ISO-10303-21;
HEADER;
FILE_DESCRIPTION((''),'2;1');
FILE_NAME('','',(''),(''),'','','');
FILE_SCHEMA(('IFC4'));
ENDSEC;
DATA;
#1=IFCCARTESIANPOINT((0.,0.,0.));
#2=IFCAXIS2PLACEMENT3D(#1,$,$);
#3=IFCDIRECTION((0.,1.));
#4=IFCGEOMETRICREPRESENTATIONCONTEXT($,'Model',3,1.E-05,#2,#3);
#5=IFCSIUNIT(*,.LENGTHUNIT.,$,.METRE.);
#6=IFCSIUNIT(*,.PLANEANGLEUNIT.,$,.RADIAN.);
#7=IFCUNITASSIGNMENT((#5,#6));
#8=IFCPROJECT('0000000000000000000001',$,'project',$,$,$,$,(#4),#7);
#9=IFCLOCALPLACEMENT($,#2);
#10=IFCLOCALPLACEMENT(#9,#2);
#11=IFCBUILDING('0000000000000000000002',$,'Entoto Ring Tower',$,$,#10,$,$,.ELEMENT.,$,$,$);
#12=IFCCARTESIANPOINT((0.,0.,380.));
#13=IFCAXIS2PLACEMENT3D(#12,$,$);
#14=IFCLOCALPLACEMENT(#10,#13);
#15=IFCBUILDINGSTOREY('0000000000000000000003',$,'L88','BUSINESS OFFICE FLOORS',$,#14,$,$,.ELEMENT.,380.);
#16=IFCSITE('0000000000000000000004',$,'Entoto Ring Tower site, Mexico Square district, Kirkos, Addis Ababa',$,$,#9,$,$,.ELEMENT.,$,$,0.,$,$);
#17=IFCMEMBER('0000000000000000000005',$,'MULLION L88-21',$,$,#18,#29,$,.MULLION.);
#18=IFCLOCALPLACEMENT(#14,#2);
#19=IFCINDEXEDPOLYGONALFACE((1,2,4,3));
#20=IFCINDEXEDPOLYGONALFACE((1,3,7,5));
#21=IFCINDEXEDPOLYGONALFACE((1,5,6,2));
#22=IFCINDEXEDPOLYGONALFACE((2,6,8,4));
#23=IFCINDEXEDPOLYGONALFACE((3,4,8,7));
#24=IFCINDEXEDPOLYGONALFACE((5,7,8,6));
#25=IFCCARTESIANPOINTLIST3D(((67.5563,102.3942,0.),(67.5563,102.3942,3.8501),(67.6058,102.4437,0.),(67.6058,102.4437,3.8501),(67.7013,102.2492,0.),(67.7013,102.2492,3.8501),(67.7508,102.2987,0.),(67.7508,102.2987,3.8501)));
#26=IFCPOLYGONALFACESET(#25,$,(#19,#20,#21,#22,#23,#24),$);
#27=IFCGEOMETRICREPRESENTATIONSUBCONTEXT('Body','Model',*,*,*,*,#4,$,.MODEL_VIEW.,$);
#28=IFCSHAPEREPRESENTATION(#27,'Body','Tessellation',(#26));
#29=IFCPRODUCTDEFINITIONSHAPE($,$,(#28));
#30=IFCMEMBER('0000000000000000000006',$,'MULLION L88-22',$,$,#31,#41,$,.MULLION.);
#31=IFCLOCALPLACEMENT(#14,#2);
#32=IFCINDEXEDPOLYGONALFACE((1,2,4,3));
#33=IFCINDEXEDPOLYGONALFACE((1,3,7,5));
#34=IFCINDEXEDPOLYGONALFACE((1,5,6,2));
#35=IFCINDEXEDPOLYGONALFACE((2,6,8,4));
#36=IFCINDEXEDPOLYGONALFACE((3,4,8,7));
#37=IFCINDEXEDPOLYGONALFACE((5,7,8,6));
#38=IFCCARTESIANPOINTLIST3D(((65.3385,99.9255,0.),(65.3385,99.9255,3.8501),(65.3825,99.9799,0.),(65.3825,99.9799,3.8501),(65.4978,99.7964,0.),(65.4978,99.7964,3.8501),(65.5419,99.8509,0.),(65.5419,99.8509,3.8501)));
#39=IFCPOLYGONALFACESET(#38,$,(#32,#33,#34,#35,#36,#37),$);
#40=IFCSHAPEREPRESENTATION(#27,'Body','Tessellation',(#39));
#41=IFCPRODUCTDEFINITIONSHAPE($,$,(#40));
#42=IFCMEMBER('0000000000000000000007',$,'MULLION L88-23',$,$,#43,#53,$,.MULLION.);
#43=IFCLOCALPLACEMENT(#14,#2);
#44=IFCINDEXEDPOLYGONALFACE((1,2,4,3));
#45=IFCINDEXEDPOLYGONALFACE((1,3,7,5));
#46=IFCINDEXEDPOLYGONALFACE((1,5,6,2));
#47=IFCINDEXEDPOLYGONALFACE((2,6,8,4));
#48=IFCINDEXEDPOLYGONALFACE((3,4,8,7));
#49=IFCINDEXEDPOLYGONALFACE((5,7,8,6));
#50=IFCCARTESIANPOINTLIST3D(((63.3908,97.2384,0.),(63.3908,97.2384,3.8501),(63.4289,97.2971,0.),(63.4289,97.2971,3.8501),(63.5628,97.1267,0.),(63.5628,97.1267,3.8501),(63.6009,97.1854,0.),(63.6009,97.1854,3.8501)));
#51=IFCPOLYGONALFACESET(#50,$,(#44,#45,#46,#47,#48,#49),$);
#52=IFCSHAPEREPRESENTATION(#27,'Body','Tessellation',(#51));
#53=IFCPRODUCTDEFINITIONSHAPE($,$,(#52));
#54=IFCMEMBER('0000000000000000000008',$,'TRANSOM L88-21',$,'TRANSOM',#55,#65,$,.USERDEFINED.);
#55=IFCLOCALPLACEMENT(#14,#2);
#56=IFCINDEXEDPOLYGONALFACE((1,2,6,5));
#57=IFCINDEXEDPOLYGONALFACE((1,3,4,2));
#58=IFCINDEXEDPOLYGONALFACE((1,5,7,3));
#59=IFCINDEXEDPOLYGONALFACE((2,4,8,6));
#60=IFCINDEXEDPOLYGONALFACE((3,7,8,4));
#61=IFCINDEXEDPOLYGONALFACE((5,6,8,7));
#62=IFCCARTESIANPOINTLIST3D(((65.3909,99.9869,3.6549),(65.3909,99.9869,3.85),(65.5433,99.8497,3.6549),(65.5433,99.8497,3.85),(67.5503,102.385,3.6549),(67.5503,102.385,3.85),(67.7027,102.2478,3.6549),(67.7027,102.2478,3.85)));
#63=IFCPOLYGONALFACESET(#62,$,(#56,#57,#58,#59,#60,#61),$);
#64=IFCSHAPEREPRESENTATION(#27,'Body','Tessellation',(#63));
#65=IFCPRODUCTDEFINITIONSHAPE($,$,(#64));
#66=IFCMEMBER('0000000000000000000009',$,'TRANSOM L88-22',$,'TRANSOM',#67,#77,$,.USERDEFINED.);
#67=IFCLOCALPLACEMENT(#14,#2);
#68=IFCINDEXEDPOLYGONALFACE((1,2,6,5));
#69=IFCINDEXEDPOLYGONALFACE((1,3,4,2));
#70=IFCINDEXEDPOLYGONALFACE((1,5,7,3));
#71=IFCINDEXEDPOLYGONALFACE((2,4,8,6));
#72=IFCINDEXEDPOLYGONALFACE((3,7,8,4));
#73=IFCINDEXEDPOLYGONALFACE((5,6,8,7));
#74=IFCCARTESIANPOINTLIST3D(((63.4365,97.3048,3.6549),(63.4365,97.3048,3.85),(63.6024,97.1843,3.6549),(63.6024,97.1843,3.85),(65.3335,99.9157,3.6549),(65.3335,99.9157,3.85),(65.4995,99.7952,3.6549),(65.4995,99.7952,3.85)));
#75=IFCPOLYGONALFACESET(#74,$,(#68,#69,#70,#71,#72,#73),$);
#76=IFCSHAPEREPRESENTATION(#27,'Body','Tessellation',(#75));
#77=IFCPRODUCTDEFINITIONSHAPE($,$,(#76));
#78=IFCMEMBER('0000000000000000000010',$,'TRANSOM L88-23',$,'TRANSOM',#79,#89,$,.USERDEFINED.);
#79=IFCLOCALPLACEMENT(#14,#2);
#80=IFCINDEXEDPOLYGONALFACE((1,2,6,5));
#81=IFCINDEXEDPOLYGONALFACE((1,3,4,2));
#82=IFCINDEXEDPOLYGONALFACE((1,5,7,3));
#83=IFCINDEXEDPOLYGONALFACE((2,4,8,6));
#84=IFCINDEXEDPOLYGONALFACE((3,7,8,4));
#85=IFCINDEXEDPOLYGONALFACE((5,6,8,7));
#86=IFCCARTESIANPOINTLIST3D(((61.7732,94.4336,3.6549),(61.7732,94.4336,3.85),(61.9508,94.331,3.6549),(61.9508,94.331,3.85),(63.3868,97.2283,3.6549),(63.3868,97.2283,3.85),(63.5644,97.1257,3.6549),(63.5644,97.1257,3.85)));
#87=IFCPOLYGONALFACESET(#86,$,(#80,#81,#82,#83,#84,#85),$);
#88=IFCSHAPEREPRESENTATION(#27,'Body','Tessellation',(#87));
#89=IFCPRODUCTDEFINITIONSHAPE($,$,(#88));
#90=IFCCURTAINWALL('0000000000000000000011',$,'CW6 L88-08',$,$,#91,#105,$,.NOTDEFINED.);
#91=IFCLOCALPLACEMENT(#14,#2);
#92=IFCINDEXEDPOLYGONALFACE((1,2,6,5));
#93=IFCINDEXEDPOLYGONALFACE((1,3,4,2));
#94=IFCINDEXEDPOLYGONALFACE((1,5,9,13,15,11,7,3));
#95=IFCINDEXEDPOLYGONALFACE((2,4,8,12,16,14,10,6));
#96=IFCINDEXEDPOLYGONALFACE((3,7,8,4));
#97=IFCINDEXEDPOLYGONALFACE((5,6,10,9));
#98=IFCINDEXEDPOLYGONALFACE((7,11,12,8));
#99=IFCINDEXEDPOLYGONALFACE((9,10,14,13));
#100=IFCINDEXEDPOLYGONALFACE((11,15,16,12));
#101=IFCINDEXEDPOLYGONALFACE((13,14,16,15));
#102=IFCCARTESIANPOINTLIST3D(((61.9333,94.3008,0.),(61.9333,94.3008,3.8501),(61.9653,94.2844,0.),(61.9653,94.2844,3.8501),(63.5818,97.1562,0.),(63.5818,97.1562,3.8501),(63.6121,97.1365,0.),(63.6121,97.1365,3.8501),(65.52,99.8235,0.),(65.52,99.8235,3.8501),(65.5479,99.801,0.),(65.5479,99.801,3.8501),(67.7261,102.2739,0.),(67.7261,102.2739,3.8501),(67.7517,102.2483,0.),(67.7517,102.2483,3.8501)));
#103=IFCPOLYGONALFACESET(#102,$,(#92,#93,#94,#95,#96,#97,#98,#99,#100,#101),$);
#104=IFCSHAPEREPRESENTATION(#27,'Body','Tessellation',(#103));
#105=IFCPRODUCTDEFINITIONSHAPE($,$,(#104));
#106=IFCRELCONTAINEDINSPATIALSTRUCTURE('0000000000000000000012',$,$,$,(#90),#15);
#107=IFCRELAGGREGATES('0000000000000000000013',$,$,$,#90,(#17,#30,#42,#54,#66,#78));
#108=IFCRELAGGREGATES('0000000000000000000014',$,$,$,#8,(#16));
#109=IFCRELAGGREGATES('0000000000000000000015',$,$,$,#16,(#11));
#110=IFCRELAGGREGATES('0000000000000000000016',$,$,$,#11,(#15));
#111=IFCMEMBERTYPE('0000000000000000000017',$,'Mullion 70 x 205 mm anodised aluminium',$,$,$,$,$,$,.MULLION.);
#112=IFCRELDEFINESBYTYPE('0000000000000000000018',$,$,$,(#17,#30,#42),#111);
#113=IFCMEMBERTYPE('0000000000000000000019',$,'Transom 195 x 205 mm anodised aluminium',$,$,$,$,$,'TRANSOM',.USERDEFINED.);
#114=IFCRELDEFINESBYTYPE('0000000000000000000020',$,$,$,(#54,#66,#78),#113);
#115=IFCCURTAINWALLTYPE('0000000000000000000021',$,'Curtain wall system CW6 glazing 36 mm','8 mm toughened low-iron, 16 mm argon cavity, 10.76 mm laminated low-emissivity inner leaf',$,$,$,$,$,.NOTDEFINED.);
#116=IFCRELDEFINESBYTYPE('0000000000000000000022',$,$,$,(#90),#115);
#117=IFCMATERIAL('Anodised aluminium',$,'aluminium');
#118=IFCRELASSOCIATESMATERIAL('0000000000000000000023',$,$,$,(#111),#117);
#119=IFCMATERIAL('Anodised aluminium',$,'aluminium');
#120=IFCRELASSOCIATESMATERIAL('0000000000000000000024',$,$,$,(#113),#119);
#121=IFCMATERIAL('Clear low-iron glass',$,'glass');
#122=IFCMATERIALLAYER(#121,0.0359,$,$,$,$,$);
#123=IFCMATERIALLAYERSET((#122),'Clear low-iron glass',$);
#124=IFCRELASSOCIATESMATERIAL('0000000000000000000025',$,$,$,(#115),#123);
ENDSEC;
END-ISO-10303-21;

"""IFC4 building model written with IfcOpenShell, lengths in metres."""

from ifc_helpers import new_model, si_unit, direction, frame, origin, origin_2d, place, context, subcontext, project, spatial, polyline, rectangle, outline, extrude, material, layer, layer_set, material_profile, profile_set, type_object, element, aggregate, save


model = new_model("IFC4")

# Units and contexts
model_context = context("Model", 3, precision=1e-05, world=origin(), true_north=direction((0.0, 1.0)))
body_context = subcontext(model_context, "Body", "Model", "MODEL_VIEW")
ifc_project = project(units=[si_unit("LENGTHUNIT", "METRE"), si_unit("PLANEANGLEUNIT", "RADIAN")], contexts=[model_context])

# Members
ifc_material_1 = material(Name="Anodised aluminium", Category="aluminium")
ifc_material_profile_1 = material_profile(ifc_material_1, rectangle(XDim=0.0701, YDim=0.2051, at=origin_2d()), Name="Mullion 70 x 205 mm anodised aluminium")
ifc_profile_set_1 = profile_set([ifc_material_profile_1], Name="Anodised aluminium")
member_type_1 = type_object("IfcMemberType", Name="Mullion 70 x 205 mm anodised aluminium", PredefinedType="MULLION", material=ifc_profile_set_1)
site_placement = place(None, origin())
building_placement = place(site_placement, origin())
storey_placement = place(building_placement, frame((0.0, 0.0, 380.0)))
member_1_placement = place(storey_placement, frame((67.6536, 102.3464, 0.0), z_axis=(0.0, 0.0, 1.0), x_axis=(-0.707107, -0.707107, 0.0)))
member_1 = element("IfcMember", 1, at=member_1_placement, type_object=member_type_1, Name="MULLION L88-21", PredefinedType="MULLION", context=body_context, shape_type="SweptSolid", body=[
    extrude(rectangle(XDim=0.0701, YDim=0.2051, at=origin_2d()), origin(), (0.0, 0.0, 1.0), 3.8501),
])
member_2_placement = place(storey_placement, frame((65.4402, 99.8882, 0.0), z_axis=(0.0, 0.0, 1.0), x_axis=(-0.62932, -0.777146, 0.0)))
member_2 = element("IfcMember", 2, at=member_2_placement, type_object=member_type_1, Name="MULLION L88-22", PredefinedType="MULLION", context=body_context, shape_type="SweptSolid", body=[
    extrude(rectangle(XDim=0.0701, YDim=0.2051, at=origin_2d()), origin(), (0.0, 0.0, 1.0), 3.8501),
])
member_3_placement = place(storey_placement, frame((63.4958, 97.2119, 0.0), z_axis=(0.0, 0.0, 1.0), x_axis=(-0.544639, -0.838671, 0.0)))
member_3 = element("IfcMember", 3, at=member_3_placement, type_object=member_type_1, Name="MULLION L88-23", PredefinedType="MULLION", context=body_context, shape_type="SweptSolid", body=[
    extrude(rectangle(XDim=0.0701, YDim=0.2051, at=origin_2d()), origin(), (0.0, 0.0, 1.0), 3.8501),
])
ifc_material_2 = material(Name="Anodised aluminium", Category="aluminium")
ifc_material_profile_2 = material_profile(ifc_material_2, rectangle(XDim=0.2051, YDim=0.1951, at=origin_2d()), Name="Transom 195 x 205 mm anodised aluminium")
ifc_profile_set_2 = profile_set([ifc_material_profile_2], Name="Anodised aluminium")
member_type_2 = type_object("IfcMemberType", Name="Transom 195 x 205 mm anodised aluminium", ElementType="TRANSOM", PredefinedType="USERDEFINED", material=ifc_profile_set_2)
member_4_placement = place(storey_placement, frame((67.6265, 102.3164, 3.7524), z_axis=(-0.669144, -0.743132, 0.0), x_axis=(0.743132, -0.669144, 0.0)))
member_4 = element("IfcMember", 4, at=member_4_placement, type_object=member_type_2, Name="TRANSOM L88-21", ObjectType="TRANSOM", PredefinedType="USERDEFINED", context=body_context, shape_type="SweptSolid", body=[
    extrude(rectangle(XDim=0.2051, YDim=0.1951, at=origin_2d()), origin(), (0.0, 0.0, 1.0), 3.2271),
])
member_5_placement = place(storey_placement, frame((65.4165, 99.8555, 3.7524), z_axis=(-0.587803, -0.809004, 0.0), x_axis=(0.809004, -0.587803, 0.0)))
member_5 = element("IfcMember", 5, at=member_5_placement, type_object=member_type_2, Name="TRANSOM L88-22", ObjectType="TRANSOM", PredefinedType="USERDEFINED", context=body_context, shape_type="SweptSolid", body=[
    extrude(rectangle(XDim=0.2051, YDim=0.1951, at=origin_2d()), origin(), (0.0, 0.0, 1.0), 3.2273),
])
member_6_placement = place(storey_placement, frame((63.4756, 97.177, 3.7524), z_axis=(-0.500004, -0.866023, 0.0), x_axis=(0.866023, -0.500004, 0.0)))
member_6 = element("IfcMember", 6, at=member_6_placement, type_object=member_type_2, Name="TRANSOM L88-23", ObjectType="TRANSOM", PredefinedType="USERDEFINED", context=body_context, shape_type="SweptSolid", body=[
    extrude(rectangle(XDim=0.2051, YDim=0.1951, at=origin_2d()), origin(), (0.0, 0.0, 1.0), 3.2271),
])

# Site, building, storey
site = spatial("IfcSite", under=ifc_project, at=site_placement, Name="Entoto Ring Tower site, Mexico Square district, Kirkos, Addis Ababa", CompositionType="ELEMENT", RefElevation=0.0)
building = spatial("IfcBuilding", under=site, at=building_placement, Name="Entoto Ring Tower", CompositionType="ELEMENT")
storey = spatial("IfcBuildingStorey", under=building, at=storey_placement, Name="L88", Description="BUSINESS OFFICE FLOORS", CompositionType="ELEMENT", Elevation=380.0)

# Curtain wall
ifc_material_3 = material(Name="Clear low-iron glass", Category="glass")
ifc_layer = layer(ifc_material_3, 0.0359)
ifc_layer_set = layer_set([ifc_layer], Name="Clear low-iron glass")
curtain_wall_type = type_object("IfcCurtainWallType", Name="Curtain wall system CW6 glazing 36 mm", Description="8 mm toughened low-iron, 16 mm argon cavity, 10.76 mm laminated low-emissivity inner leaf", PredefinedType="NOTDEFINED", material=ifc_layer_set)
curtain_wall_1_placement = place(storey_placement, origin())
curtain_wall_1 = element("IfcCurtainWall", 7, at=curtain_wall_1_placement, inside=storey, type_object=curtain_wall_type, Name="CW6 L88-08", PredefinedType="NOTDEFINED", context=body_context, shape_type="SweptSolid", body=[
    extrude(outline(polyline([(67.7261, 102.2739), (65.52, 99.8235), (63.5818, 97.1562), (61.9333, 94.3008), (61.9653, 94.2844), (63.6121, 97.1365), (65.5479, 99.801), (67.7517, 102.2483), (67.7261, 102.2739)])), origin(), (0.0, 0.0, 1.0), 3.8501),
])
aggregate(curtain_wall_1, [member_1, member_2, member_3, member_4, member_5, member_6])

save(model, "model.ifc")
